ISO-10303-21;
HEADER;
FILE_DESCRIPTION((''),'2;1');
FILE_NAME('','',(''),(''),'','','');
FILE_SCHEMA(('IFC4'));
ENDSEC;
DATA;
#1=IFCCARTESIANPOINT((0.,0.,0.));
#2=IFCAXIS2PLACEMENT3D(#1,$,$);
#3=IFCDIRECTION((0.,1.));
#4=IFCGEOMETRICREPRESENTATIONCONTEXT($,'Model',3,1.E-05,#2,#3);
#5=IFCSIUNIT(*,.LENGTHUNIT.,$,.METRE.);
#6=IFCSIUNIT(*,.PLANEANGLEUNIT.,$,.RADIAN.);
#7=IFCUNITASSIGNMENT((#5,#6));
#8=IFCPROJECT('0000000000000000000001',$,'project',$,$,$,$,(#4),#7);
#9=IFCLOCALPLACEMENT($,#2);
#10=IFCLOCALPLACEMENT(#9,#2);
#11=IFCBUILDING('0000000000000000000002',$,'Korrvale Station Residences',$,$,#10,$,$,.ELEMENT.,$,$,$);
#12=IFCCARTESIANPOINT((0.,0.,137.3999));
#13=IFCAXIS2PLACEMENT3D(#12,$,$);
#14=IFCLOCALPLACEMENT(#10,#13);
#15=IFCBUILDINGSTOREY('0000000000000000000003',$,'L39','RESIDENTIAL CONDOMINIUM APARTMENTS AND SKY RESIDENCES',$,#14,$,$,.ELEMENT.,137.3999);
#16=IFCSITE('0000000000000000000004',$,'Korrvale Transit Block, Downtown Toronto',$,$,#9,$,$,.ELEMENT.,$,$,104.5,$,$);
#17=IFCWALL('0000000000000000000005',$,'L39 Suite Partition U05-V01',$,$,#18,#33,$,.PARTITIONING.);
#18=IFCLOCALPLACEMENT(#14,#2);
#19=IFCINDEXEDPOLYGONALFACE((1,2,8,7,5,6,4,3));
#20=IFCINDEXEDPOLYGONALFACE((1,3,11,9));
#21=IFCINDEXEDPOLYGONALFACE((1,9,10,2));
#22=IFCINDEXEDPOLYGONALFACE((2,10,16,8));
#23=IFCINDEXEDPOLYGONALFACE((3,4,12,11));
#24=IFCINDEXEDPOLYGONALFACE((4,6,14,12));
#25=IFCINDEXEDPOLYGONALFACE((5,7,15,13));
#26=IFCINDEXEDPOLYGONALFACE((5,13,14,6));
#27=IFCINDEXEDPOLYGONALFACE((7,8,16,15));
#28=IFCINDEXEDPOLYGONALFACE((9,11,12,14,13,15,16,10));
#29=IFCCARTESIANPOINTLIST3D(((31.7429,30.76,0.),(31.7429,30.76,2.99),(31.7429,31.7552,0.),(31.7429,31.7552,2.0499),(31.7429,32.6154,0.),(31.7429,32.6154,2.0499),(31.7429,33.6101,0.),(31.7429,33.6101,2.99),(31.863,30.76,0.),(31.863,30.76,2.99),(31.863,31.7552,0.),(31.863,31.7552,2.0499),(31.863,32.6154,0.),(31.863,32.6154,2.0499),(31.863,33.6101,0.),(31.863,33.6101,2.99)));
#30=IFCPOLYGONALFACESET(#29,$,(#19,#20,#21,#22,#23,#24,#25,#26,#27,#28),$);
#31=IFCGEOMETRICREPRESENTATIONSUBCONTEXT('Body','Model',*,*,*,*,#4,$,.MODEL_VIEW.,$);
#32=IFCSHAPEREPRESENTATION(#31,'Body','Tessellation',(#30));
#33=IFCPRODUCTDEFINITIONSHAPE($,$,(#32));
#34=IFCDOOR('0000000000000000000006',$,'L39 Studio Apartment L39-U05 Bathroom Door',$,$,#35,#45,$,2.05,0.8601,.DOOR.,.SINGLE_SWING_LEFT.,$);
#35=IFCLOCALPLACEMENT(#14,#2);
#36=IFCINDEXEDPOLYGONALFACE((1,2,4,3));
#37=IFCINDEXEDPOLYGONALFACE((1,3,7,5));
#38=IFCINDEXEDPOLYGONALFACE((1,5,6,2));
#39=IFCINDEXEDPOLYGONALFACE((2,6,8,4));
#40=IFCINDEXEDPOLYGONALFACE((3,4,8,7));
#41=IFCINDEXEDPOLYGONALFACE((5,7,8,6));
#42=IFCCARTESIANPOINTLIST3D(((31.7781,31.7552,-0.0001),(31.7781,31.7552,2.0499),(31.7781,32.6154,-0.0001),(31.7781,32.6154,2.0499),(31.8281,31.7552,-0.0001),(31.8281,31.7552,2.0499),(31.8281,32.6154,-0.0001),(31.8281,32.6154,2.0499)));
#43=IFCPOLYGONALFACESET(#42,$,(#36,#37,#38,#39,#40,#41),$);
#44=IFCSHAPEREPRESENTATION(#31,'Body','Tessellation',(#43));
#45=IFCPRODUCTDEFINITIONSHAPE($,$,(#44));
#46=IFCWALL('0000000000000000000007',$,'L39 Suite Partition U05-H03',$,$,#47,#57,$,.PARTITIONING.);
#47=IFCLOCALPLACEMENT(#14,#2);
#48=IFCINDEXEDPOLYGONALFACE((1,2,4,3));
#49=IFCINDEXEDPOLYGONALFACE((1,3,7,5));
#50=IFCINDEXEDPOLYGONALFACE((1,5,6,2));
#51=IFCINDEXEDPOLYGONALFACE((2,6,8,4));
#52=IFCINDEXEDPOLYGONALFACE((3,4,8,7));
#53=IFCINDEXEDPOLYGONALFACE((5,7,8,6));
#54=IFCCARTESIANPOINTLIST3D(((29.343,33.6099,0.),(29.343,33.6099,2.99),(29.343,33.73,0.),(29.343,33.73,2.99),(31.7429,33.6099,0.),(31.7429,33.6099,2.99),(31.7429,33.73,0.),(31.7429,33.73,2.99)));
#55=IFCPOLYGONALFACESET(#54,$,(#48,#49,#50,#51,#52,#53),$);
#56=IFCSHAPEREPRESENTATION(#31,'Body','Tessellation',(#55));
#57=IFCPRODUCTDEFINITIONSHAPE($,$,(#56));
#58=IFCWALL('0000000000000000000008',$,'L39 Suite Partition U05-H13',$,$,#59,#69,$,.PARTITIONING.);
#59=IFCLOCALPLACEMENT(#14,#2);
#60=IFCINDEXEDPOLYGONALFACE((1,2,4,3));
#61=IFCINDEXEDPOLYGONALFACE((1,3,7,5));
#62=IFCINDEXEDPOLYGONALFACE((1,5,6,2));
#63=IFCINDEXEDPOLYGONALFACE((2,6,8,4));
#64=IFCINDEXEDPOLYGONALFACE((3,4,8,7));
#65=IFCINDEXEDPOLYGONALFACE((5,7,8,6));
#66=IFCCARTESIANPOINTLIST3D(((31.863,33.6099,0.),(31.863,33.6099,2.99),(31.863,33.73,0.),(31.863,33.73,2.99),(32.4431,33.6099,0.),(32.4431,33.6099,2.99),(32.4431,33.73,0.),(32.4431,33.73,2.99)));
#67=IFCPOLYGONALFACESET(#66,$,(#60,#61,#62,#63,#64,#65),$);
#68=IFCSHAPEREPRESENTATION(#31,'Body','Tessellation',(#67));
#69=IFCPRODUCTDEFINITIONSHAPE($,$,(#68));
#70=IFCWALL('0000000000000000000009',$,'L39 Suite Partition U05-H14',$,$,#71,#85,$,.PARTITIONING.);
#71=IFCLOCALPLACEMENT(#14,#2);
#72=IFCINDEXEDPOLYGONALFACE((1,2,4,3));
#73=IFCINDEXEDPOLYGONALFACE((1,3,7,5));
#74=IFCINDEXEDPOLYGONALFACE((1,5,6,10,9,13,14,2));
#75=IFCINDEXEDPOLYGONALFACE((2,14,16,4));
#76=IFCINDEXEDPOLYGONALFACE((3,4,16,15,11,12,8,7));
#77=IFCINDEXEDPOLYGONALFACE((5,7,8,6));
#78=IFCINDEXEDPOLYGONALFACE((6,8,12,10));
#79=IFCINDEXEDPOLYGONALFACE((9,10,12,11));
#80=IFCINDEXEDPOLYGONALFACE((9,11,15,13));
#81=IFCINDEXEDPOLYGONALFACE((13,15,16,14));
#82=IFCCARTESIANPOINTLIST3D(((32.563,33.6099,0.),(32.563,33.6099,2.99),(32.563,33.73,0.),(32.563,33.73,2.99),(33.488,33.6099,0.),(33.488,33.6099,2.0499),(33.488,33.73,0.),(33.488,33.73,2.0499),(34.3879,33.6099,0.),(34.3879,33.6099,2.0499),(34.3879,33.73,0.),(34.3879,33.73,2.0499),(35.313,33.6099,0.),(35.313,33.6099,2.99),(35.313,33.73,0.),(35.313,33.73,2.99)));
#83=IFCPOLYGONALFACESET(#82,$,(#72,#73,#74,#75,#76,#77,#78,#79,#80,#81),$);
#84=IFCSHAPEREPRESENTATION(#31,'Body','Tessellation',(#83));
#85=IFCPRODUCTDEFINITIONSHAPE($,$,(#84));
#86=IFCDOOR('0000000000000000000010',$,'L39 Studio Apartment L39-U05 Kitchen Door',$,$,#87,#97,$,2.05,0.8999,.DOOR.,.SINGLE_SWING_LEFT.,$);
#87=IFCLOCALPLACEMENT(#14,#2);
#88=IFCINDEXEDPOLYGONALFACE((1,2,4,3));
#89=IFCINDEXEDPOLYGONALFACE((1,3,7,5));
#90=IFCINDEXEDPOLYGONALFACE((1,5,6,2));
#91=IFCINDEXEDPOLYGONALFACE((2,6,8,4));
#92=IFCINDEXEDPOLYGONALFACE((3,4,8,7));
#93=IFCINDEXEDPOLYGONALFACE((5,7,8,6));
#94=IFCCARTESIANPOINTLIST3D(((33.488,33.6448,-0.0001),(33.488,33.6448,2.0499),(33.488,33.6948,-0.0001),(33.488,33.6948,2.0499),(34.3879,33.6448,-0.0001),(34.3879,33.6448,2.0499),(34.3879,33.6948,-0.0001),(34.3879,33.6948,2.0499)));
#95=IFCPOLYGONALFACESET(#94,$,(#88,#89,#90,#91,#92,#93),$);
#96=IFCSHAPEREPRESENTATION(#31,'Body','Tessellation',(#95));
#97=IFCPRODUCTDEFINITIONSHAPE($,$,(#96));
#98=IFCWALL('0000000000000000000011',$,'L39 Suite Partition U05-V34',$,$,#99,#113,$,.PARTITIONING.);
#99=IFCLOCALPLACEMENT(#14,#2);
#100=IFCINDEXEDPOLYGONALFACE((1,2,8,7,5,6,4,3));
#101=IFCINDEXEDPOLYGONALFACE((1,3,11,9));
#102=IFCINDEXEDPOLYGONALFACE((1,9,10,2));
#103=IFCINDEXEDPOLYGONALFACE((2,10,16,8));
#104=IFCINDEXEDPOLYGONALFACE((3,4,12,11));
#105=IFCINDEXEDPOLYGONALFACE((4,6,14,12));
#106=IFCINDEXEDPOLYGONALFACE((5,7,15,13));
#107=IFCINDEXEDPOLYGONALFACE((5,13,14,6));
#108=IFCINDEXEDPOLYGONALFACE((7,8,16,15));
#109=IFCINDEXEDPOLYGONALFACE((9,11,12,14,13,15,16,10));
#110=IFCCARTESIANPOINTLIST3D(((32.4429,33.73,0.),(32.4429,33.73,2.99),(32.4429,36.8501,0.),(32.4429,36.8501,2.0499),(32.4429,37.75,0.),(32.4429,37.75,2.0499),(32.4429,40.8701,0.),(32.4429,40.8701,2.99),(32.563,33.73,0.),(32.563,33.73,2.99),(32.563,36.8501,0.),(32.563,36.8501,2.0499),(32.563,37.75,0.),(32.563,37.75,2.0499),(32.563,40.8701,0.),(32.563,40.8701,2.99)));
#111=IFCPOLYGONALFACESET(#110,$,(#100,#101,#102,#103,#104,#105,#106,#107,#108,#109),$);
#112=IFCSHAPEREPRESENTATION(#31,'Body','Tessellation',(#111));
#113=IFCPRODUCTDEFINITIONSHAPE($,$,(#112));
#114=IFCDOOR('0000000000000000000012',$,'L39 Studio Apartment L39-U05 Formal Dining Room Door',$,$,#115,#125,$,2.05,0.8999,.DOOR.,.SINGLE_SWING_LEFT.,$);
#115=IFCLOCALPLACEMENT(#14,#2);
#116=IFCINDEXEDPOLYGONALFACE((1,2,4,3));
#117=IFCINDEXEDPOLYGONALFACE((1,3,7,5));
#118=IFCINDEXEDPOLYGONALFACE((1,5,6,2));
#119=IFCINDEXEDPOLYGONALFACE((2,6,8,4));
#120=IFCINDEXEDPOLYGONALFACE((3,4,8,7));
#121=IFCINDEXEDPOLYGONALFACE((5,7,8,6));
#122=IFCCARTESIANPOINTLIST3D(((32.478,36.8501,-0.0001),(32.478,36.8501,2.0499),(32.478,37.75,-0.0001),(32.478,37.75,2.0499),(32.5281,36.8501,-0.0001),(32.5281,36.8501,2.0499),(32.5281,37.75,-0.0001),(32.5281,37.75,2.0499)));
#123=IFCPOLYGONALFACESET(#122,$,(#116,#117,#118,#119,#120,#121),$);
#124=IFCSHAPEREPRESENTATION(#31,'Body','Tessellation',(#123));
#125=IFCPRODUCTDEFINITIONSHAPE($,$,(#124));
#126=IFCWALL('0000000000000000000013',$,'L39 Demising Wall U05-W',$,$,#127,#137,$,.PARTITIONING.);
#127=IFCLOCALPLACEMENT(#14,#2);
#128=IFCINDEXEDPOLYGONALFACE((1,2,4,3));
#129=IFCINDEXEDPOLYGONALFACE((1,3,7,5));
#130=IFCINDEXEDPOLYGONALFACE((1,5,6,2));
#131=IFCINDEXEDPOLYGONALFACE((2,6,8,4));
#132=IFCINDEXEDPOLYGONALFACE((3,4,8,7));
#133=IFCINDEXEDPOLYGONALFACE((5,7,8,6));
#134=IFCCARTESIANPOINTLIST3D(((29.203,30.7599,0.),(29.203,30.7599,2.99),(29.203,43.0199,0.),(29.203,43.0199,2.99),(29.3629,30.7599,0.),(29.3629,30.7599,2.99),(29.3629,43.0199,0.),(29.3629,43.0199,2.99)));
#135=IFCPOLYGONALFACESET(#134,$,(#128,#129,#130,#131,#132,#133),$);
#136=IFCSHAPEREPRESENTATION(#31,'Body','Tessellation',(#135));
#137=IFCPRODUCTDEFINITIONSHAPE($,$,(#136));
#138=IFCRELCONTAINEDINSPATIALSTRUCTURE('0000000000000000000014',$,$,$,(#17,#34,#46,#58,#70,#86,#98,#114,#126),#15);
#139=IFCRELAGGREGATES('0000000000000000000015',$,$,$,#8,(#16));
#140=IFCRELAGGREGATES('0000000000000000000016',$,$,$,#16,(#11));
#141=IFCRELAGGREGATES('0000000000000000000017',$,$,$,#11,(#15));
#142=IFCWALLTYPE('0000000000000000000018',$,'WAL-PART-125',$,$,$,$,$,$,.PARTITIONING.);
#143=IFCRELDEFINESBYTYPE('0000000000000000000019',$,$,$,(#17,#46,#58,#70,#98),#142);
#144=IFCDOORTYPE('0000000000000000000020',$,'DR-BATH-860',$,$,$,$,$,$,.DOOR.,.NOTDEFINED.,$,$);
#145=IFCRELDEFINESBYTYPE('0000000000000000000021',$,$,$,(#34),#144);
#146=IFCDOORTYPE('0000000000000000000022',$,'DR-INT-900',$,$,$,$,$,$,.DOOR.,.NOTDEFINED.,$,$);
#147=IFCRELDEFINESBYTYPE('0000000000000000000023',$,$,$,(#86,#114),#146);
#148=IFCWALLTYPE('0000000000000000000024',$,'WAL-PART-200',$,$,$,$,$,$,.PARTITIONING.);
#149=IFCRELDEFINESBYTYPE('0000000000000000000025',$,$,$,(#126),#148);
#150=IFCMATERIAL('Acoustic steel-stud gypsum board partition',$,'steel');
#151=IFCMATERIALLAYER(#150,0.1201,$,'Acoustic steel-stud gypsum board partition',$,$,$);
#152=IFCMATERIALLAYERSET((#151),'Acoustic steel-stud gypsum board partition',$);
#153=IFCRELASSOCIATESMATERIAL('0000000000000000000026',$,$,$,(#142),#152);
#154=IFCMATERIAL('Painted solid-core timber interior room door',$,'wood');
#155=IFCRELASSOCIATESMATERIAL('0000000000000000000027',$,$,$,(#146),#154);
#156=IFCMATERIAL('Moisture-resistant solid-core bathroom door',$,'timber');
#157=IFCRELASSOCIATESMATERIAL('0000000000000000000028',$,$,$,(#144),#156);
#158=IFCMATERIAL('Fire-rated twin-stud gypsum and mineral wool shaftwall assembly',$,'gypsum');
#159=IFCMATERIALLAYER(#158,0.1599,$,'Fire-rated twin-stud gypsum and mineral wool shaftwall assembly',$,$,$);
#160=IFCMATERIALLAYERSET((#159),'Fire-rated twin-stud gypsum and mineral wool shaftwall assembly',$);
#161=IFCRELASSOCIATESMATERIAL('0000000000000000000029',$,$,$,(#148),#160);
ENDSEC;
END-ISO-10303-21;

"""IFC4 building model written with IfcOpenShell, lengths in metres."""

from ifc_helpers import new_model, si_unit, direction, frame, frame_2d, origin, place, context, subcontext, project, spatial, rectangle, extrude, material, layer, layer_set, type_object, element, fill, save


model = new_model("IFC4")

# Units and contexts
model_context = context("Model", 3, precision=1e-05, world=origin(), true_north=direction((0.0, 1.0)))
body_context = subcontext(model_context, "Body", "Model", "MODEL_VIEW")
ifc_project = project(units=[si_unit("LENGTHUNIT", "METRE"), si_unit("PLANEANGLEUNIT", "RADIAN")], contexts=[model_context])

# Site, building, storey
site_placement = place(None, origin())
site = spatial("IfcSite", under=ifc_project, at=site_placement, Name="Korrvale Transit Block, Downtown Toronto", CompositionType="ELEMENT", RefElevation=104.5)
building_placement = place(site_placement, origin())
building = spatial("IfcBuilding", under=site, at=building_placement, Name="Korrvale Station Residences", CompositionType="ELEMENT")
storey_placement = place(building_placement, frame((0.0, 0.0, 137.3999)))
storey = spatial("IfcBuildingStorey", under=building, at=storey_placement, Name="L39", Description="RESIDENTIAL CONDOMINIUM APARTMENTS AND SKY RESIDENCES", CompositionType="ELEMENT", Elevation=137.3999)

# Shared definitions
ifc_material_1 = material(Name="Acoustic steel-stud gypsum board partition", Category="steel")
ifc_layer_1 = layer(ifc_material_1, 0.1201, Name="Acoustic steel-stud gypsum board partition")
ifc_layer_set_1 = layer_set([ifc_layer_1], Name="Acoustic steel-stud gypsum board partition")
wall_type_1 = type_object("IfcWallType", Name="WAL-PART-125", PredefinedType="PARTITIONING", material=ifc_layer_set_1)

# Wall, opening, door
ifc_material_2 = material(Name="Painted solid-core timber interior room door", Category="wood")
door_type_1 = type_object("IfcDoorType", Name="DR-INT-900", OperationType="NOTDEFINED", PredefinedType="DOOR", material=ifc_material_2)
wall_1_placement = place(storey_placement, frame((31.803, 30.76, 0.0), z_axis=(0.0, 0.0, 1.0), x_axis=(0.0, 1.0, 0.0)))
wall_1 = element("IfcWall", 1, at=wall_1_placement, inside=storey, type_object=wall_type_1, Name="L39 Suite Partition U05-V01", PredefinedType="PARTITIONING", context=body_context, shape_type="SweptSolid", body=[
    extrude(rectangle(XDim=2.8501, YDim=0.1201, at=frame_2d((1.425, 0.0))), origin(), (0.0, 0.0, 1.0), 2.99),
])
opening_1_placement = place(wall_1_placement, frame((0.9951, 0.0, 0.0)))
opening_1 = element("IfcOpeningElement", 2, at=opening_1_placement, cuts=wall_1, PredefinedType="OPENING", context=body_context, shape_type="SweptSolid", body=[
    extrude(rectangle(XDim=0.8601, YDim=2.05, at=frame_2d((0.4302, 1.0249))), frame((0.0, 0.0701, 0.0), z_axis=(0.0, -1.0, 0.0), x_axis=(1.0, 0.0, 0.0)), (0.0, 0.0, 1.0), 0.1401),
])
ifc_material_3 = material(Name="Moisture-resistant solid-core bathroom door", Category="timber")
door_type_2 = type_object("IfcDoorType", Name="DR-BATH-860", OperationType="NOTDEFINED", PredefinedType="DOOR", material=ifc_material_3)
door_1_placement = place(opening_1_placement, origin())
door_1 = element("IfcDoor", 3, at=door_1_placement, inside=storey, type_object=door_type_2, Name="L39 Studio Apartment L39-U05 Bathroom Door", OperationType="SINGLE_SWING_LEFT", OverallHeight=2.05, OverallWidth=0.8601, PredefinedType="DOOR", context=body_context, shape_type="SweptSolid", body=[
    extrude(rectangle(XDim=0.8601, YDim=2.05, at=frame_2d((0.4302, 1.0249))), frame((0.0, 0.0249, 0.0), z_axis=(0.0, -1.0, 0.0), x_axis=(1.0, 0.0, 0.0)), (0.0, 0.0, 1.0), 0.05),
])
fill(opening_1, door_1)

# Walls
wall_2_placement = place(storey_placement, frame((29.343, 33.6699, 0.0), z_axis=(0.0, 0.0, 1.0), x_axis=(1.0, 0.0, 0.0)))
element("IfcWall", 4, at=wall_2_placement, inside=storey, type_object=wall_type_1, Name="L39 Suite Partition U05-H03", PredefinedType="PARTITIONING", context=body_context, shape_type="SweptSolid", body=[
    extrude(rectangle(XDim=2.3999, YDim=0.1201, at=frame_2d((1.2, 0.0))), origin(), (0.0, 0.0, 1.0), 2.99),
])
wall_3_placement = place(storey_placement, frame((31.863, 33.6699, 0.0), z_axis=(0.0, 0.0, 1.0), x_axis=(1.0, 0.0, 0.0)))
element("IfcWall", 5, at=wall_3_placement, inside=storey, type_object=wall_type_1, Name="L39 Suite Partition U05-H13", PredefinedType="PARTITIONING", context=body_context, shape_type="SweptSolid", body=[
    extrude(rectangle(XDim=0.5801, YDim=0.1201, at=frame_2d((0.29, 0.0))), origin(), (0.0, 0.0, 1.0), 2.99),
])

# Walls, openings, doors
wall_4_placement = place(storey_placement, frame((32.563, 33.6699, 0.0), z_axis=(0.0, 0.0, 1.0), x_axis=(1.0, 0.0, 0.0)))
wall_4 = element("IfcWall", 6, at=wall_4_placement, inside=storey, type_object=wall_type_1, Name="L39 Suite Partition U05-H14", PredefinedType="PARTITIONING", context=body_context, shape_type="SweptSolid", body=[
    extrude(rectangle(XDim=2.75, YDim=0.1201, at=frame_2d((1.375, 0.0))), origin(), (0.0, 0.0, 1.0), 2.99),
])
opening_2_placement = place(wall_4_placement, frame((0.925, 0.0, 0.0)))
opening_2 = element("IfcOpeningElement", 7, at=opening_2_placement, cuts=wall_4, PredefinedType="OPENING", context=body_context, shape_type="SweptSolid", body=[
    extrude(rectangle(XDim=0.8999, YDim=2.05, at=frame_2d((0.45, 1.0249))), frame((0.0, 0.0701, 0.0), z_axis=(0.0, -1.0, 0.0), x_axis=(1.0, 0.0, 0.0)), (0.0, 0.0, 1.0), 0.1401),
])
door_2_placement = place(opening_2_placement, origin())
door_2 = element("IfcDoor", 8, at=door_2_placement, inside=storey, type_object=door_type_1, Name="L39 Studio Apartment L39-U05 Kitchen Door", OperationType="SINGLE_SWING_LEFT", OverallHeight=2.05, OverallWidth=0.8999, PredefinedType="DOOR", context=body_context, shape_type="SweptSolid", body=[
    extrude(rectangle(XDim=0.8999, YDim=2.05, at=frame_2d((0.45, 1.0249))), frame((0.0, 0.0249, 0.0), z_axis=(0.0, -1.0, 0.0), x_axis=(1.0, 0.0, 0.0)), (0.0, 0.0, 1.0), 0.05),
])
fill(opening_2, door_2)
wall_5_placement = place(storey_placement, frame((32.5029, 33.73, 0.0), z_axis=(0.0, 0.0, 1.0), x_axis=(0.0, 1.0, 0.0)))
wall_5 = element("IfcWall", 9, at=wall_5_placement, inside=storey, type_object=wall_type_1, Name="L39 Suite Partition U05-V34", PredefinedType="PARTITIONING", context=body_context, shape_type="SweptSolid", body=[
    extrude(rectangle(XDim=7.1401, YDim=0.1201, at=frame_2d((3.5701, 0.0))), origin(), (0.0, 0.0, 1.0), 2.99),
])
opening_3_placement = place(wall_5_placement, frame((3.1201, 0.0, 0.0)))
opening_3 = element("IfcOpeningElement", 10, at=opening_3_placement, cuts=wall_5, PredefinedType="OPENING", context=body_context, shape_type="SweptSolid", body=[
    extrude(rectangle(XDim=0.8999, YDim=2.05, at=frame_2d((0.45, 1.0249))), frame((0.0, 0.0701, 0.0), z_axis=(0.0, -1.0, 0.0), x_axis=(1.0, 0.0, 0.0)), (0.0, 0.0, 1.0), 0.1401),
])
door_3_placement = place(opening_3_placement, origin())
door_3 = element("IfcDoor", 11, at=door_3_placement, inside=storey, type_object=door_type_1, Name="L39 Studio Apartment L39-U05 Formal Dining Room Door", OperationType="SINGLE_SWING_LEFT", OverallHeight=2.05, OverallWidth=0.8999, PredefinedType="DOOR", context=body_context, shape_type="SweptSolid", body=[
    extrude(rectangle(XDim=0.8999, YDim=2.05, at=frame_2d((0.45, 1.0249))), frame((0.0, 0.0249, 0.0), z_axis=(0.0, -1.0, 0.0), x_axis=(1.0, 0.0, 0.0)), (0.0, 0.0, 1.0), 0.05),
])
fill(opening_3, door_3)

# Wall
ifc_material_4 = material(Name="Fire-rated twin-stud gypsum and mineral wool shaftwall assembly", Category="gypsum")
ifc_layer_2 = layer(ifc_material_4, 0.1599, Name="Fire-rated twin-stud gypsum and mineral wool shaftwall assembly")
ifc_layer_set_2 = layer_set([ifc_layer_2], Name="Fire-rated twin-stud gypsum and mineral wool shaftwall assembly")
wall_type_2 = type_object("IfcWallType", Name="WAL-PART-200", PredefinedType="PARTITIONING", material=ifc_layer_set_2)
wall_6_placement = place(storey_placement, frame((29.283, 30.76, 0.0), z_axis=(0.0, 0.0, 1.0), x_axis=(0.0, 1.0, 0.0)))
element("IfcWall", 12, at=wall_6_placement, inside=storey, type_object=wall_type_2, Name="L39 Demising Wall U05-W", PredefinedType="PARTITIONING", context=body_context, shape_type="SweptSolid", body=[
    extrude(rectangle(XDim=12.26, YDim=0.1599, at=frame_2d((6.1299, 0.0))), origin(), (0.0, 0.0, 1.0), 2.99),
])

save(model, "model.ifc")
